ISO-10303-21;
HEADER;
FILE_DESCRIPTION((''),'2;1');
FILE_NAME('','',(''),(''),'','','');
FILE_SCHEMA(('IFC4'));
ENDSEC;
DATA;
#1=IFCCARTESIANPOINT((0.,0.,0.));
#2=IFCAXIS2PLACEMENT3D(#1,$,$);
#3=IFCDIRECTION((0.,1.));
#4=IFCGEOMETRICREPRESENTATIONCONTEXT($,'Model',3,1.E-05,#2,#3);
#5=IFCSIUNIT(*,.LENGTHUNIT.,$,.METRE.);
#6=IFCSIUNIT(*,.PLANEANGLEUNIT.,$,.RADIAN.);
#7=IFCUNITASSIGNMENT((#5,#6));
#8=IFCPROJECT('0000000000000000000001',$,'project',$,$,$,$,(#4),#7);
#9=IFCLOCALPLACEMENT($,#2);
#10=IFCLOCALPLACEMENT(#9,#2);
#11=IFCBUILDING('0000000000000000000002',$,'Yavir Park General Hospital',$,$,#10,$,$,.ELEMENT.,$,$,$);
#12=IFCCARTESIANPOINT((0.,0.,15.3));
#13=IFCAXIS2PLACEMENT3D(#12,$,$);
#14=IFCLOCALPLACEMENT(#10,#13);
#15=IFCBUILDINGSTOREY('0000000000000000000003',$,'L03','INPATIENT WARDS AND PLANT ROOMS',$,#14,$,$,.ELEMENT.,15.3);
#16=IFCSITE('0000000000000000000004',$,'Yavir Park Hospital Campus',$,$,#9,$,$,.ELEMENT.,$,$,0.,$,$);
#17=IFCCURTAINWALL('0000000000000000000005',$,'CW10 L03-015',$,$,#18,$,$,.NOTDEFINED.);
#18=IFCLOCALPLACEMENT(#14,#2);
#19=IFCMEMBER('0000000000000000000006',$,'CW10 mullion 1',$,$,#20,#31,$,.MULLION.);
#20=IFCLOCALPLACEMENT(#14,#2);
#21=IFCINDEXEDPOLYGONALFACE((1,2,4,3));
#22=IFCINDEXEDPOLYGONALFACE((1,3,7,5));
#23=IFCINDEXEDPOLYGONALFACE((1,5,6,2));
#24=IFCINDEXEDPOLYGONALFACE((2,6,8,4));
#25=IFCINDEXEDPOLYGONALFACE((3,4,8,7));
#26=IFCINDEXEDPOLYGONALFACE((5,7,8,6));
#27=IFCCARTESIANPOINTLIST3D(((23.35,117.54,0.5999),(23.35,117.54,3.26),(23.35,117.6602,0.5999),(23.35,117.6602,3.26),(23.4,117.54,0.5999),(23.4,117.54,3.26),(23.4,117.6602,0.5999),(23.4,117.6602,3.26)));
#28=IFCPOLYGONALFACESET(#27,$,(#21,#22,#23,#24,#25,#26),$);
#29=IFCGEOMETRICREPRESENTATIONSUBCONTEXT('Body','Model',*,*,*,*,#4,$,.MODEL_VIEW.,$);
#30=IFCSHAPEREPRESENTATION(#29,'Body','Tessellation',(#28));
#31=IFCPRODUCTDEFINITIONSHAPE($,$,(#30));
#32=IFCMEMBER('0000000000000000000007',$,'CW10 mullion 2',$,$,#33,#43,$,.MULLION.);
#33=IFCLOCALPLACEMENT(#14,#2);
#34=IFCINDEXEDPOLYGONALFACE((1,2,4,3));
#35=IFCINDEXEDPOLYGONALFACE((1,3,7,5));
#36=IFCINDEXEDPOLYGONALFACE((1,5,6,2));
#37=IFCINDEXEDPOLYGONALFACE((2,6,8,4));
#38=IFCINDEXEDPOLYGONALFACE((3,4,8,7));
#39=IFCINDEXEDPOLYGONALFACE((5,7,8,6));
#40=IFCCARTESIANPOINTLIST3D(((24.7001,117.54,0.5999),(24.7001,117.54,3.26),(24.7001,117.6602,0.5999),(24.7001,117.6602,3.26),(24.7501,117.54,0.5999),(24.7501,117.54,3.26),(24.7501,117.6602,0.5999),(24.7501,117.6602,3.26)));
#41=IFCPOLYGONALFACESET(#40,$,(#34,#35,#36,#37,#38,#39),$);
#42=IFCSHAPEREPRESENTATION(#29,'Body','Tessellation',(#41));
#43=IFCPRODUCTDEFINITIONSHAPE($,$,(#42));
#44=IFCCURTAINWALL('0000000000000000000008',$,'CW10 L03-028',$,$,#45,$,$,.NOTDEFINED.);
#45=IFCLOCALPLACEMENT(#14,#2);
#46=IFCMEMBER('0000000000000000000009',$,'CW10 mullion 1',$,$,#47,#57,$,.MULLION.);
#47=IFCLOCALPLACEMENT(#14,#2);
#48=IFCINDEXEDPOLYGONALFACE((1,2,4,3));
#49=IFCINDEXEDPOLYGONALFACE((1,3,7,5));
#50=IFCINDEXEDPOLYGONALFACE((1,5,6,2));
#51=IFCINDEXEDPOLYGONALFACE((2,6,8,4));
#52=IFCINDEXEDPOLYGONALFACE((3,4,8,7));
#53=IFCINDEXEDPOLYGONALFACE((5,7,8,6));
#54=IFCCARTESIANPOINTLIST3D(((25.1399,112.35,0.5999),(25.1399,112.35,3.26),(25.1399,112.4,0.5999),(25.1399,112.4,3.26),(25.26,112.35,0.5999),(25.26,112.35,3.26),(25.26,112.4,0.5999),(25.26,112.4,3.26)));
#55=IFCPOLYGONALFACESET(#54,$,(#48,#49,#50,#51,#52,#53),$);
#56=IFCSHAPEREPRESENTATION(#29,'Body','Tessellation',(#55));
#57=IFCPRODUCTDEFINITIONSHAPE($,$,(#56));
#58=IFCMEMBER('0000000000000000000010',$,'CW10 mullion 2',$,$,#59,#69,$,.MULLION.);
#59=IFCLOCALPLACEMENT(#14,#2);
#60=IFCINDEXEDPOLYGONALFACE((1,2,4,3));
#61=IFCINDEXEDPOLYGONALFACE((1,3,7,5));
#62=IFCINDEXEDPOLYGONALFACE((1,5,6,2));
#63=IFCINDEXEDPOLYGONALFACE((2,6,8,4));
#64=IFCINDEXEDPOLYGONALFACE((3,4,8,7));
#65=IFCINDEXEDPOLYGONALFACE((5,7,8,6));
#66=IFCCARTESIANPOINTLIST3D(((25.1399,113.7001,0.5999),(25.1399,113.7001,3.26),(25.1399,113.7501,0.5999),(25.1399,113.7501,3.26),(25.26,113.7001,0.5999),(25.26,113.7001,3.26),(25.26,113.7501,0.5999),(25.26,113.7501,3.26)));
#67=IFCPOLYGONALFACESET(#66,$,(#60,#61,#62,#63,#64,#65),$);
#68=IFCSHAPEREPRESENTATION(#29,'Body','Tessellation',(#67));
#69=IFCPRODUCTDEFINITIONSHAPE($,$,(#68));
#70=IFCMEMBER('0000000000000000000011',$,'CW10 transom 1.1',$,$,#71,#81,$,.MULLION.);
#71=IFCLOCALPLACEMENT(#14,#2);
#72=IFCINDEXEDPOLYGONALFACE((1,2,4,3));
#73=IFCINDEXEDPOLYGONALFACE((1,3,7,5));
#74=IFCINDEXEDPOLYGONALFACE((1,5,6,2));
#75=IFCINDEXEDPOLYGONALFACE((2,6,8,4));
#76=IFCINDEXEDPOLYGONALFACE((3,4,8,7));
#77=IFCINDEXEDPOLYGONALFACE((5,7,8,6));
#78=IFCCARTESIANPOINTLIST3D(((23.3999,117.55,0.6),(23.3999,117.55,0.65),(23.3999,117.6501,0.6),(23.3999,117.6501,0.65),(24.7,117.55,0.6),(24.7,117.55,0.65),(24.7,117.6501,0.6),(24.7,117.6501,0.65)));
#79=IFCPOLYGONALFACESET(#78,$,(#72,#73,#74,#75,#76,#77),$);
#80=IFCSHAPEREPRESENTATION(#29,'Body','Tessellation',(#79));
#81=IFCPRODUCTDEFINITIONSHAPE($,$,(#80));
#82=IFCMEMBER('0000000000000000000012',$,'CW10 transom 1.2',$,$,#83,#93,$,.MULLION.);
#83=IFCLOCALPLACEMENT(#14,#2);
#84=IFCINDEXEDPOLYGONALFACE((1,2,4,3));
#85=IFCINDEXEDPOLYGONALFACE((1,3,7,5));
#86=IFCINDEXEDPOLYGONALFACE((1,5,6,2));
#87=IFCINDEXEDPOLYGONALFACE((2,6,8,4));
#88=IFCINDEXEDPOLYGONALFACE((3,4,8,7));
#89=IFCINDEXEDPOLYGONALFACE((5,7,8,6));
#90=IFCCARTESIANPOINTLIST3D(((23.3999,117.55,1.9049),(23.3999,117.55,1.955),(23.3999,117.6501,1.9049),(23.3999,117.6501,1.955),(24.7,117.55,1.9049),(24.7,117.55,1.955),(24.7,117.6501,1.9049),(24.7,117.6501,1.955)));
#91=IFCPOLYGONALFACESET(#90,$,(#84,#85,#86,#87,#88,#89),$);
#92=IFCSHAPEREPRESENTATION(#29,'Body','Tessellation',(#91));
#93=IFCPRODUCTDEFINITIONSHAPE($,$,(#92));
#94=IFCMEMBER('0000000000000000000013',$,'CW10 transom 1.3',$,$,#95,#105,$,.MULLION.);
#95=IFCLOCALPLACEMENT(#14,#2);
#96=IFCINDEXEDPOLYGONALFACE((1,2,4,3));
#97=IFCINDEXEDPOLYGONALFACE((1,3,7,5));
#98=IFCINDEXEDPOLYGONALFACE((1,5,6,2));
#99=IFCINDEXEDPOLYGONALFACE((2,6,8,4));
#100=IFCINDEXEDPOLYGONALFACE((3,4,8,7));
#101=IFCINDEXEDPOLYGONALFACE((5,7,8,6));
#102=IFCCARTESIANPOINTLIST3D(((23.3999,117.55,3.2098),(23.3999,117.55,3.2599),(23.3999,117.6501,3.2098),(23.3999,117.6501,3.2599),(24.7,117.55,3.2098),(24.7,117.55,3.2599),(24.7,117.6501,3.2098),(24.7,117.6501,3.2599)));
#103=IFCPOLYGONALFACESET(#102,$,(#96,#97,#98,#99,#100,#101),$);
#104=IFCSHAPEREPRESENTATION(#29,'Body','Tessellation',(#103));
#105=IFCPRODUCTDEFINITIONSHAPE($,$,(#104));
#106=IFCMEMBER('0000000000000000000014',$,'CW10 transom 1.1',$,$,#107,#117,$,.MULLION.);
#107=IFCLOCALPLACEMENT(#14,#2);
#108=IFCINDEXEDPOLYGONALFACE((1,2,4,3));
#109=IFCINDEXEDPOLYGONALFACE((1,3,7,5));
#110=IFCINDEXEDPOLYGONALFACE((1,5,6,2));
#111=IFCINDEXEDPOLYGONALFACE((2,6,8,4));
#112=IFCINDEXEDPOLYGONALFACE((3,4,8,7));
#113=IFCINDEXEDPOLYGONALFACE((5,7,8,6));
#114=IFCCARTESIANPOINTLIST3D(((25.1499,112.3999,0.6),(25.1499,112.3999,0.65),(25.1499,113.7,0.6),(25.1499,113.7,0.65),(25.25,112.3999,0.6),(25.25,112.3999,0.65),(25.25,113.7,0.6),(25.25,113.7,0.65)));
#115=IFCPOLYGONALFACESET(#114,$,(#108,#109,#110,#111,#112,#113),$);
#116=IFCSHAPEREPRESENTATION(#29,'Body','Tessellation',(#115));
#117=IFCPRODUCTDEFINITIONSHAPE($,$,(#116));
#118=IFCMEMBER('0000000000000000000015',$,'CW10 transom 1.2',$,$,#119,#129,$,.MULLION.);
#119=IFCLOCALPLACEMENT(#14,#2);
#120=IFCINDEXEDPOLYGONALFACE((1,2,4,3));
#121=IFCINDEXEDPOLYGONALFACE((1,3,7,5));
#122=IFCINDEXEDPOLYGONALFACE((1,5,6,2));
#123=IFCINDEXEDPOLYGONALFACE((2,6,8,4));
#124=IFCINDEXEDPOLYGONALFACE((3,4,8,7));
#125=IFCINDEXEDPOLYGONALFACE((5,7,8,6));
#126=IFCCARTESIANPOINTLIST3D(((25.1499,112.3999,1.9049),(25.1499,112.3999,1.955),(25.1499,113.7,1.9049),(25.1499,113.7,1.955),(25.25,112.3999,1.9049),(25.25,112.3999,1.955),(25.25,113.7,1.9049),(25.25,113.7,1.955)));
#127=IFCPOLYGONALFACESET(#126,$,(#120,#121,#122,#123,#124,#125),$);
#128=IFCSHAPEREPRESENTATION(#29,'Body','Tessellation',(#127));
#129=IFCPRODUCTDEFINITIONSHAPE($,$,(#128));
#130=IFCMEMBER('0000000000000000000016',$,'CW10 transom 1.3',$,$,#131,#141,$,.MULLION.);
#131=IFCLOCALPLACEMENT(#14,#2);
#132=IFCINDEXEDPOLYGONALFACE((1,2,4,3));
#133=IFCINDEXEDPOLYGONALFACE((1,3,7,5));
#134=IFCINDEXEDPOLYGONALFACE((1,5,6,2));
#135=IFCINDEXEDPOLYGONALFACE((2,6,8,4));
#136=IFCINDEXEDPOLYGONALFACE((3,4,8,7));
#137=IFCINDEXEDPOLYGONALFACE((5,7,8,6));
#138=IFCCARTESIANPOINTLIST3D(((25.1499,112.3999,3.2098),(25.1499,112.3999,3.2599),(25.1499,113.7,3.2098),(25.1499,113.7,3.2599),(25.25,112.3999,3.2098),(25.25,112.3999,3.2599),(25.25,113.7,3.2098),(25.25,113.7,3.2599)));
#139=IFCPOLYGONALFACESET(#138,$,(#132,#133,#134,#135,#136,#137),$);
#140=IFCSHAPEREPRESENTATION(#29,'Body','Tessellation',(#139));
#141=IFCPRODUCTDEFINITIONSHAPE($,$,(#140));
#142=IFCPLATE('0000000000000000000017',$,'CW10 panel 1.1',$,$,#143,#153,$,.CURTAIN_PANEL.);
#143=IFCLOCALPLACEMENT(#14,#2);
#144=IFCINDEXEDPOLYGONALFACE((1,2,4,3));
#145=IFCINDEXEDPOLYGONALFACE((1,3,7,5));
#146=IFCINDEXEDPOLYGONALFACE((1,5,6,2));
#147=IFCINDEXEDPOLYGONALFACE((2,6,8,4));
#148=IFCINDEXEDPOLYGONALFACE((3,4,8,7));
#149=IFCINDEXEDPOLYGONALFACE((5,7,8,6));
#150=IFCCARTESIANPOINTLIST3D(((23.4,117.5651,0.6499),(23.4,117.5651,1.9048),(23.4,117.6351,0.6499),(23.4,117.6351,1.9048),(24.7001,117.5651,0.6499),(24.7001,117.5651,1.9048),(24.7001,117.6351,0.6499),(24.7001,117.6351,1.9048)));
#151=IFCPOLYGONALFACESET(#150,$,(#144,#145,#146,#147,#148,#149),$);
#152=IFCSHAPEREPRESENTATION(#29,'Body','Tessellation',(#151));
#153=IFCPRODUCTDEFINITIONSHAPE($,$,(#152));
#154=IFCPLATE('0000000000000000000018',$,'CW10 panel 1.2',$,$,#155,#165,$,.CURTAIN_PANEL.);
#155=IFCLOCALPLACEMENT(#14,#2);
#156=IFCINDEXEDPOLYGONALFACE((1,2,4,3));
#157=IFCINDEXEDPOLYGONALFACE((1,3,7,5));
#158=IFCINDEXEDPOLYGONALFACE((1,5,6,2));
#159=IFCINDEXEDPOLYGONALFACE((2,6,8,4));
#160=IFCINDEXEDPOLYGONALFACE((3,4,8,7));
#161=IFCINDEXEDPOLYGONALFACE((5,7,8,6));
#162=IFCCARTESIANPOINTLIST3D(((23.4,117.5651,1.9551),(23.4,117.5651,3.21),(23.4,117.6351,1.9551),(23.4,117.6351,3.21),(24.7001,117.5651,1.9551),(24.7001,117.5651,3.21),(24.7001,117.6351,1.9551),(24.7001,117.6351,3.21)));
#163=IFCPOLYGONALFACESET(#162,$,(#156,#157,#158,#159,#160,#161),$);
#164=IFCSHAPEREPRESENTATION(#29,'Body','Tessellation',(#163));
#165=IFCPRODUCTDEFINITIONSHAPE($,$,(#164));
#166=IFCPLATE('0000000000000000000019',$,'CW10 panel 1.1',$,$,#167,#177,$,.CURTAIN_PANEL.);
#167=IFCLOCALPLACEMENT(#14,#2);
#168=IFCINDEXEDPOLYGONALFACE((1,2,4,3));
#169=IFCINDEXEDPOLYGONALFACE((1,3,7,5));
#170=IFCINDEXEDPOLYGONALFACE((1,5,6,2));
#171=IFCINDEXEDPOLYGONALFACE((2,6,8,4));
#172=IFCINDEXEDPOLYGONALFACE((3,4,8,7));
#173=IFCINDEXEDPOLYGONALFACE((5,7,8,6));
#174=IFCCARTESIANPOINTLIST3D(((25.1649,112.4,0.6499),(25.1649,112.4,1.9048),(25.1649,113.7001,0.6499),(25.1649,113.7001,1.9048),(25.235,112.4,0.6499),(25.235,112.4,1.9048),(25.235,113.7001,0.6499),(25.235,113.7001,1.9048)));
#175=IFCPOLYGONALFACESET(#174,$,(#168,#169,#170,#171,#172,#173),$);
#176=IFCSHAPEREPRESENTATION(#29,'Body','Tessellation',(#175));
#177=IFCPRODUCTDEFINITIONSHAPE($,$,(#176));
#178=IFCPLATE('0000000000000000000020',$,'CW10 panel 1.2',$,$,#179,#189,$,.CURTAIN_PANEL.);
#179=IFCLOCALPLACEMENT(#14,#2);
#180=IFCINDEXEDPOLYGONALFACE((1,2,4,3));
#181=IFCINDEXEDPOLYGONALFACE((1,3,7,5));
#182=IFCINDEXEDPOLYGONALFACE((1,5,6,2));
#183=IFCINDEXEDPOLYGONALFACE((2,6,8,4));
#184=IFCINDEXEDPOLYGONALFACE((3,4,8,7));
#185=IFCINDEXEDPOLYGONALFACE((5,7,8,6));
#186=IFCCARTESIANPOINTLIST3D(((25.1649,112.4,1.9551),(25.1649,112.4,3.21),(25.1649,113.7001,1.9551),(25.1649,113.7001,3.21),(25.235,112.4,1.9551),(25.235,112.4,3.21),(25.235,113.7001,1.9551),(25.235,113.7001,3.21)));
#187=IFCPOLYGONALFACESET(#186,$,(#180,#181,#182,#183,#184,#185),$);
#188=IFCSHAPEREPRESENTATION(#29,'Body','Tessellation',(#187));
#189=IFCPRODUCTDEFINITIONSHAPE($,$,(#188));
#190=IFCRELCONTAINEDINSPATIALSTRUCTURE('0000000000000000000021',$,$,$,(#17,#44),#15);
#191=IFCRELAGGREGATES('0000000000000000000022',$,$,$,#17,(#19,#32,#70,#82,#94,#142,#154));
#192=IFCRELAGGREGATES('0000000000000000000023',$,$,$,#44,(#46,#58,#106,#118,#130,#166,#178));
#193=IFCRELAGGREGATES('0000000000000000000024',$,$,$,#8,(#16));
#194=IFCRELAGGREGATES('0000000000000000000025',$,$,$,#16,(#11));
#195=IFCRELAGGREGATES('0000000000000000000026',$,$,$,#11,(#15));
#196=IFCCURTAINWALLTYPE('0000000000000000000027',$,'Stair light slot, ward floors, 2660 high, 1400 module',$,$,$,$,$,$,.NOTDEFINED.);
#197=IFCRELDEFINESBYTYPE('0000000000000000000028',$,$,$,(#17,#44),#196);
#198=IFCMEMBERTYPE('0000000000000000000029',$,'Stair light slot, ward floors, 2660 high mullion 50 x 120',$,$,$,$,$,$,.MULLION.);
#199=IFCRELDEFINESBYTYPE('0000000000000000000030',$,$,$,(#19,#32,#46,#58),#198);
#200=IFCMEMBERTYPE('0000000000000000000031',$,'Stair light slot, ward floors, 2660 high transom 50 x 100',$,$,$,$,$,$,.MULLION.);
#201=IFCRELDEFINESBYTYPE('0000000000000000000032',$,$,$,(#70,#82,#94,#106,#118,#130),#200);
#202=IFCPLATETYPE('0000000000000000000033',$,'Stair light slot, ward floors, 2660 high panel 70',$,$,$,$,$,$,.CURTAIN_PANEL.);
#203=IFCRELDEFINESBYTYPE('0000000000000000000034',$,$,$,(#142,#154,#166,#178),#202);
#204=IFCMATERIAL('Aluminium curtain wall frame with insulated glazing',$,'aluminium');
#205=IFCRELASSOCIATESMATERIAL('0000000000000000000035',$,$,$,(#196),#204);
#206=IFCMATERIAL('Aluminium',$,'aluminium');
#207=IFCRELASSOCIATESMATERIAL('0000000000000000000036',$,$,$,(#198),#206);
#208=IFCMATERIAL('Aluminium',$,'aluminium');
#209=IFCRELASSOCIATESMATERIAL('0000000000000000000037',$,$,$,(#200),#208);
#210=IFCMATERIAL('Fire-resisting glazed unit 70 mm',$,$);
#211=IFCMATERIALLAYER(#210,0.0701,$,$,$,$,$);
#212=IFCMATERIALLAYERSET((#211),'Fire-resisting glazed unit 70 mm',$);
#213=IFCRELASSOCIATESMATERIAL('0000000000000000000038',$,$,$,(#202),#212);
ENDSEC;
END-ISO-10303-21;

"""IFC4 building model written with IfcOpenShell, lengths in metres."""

from ifc_helpers import new_model, si_unit, direction, frame, origin, origin_2d, place, context, subcontext, project, spatial, rectangle, extrude, material, layer, layer_set, material_profile, profile_set, type_object, element, aggregate, save


model = new_model("IFC4")

# Units and contexts
model_context = context("Model", 3, precision=1e-05, world=origin(), true_north=direction((0.0, 1.0)))
body_context = subcontext(model_context, "Body", "Model", "MODEL_VIEW")
ifc_project = project(units=[si_unit("LENGTHUNIT", "METRE"), si_unit("PLANEANGLEUNIT", "RADIAN")], contexts=[model_context])

# Site, building, storey
site_placement = place(None, origin())
site = spatial("IfcSite", under=ifc_project, at=site_placement, Name="Yavir Park Hospital Campus", CompositionType="ELEMENT", RefElevation=0.0)
building_placement = place(site_placement, origin())
building = spatial("IfcBuilding", under=site, at=building_placement, Name="Yavir Park General Hospital", CompositionType="ELEMENT")
storey_placement = place(building_placement, frame((0.0, 0.0, 15.3)))
storey = spatial("IfcBuildingStorey", under=building, at=storey_placement, Name="L03", Description="INPATIENT WARDS AND PLANT ROOMS", CompositionType="ELEMENT", Elevation=15.3)

# Curtain walls, members
ifc_material_1 = material(Name="Aluminium curtain wall frame with insulated glazing", Category="aluminium")
curtain_wall_type = type_object("IfcCurtainWallType", Name="Stair light slot, ward floors, 2660 high, 1400 module", PredefinedType="NOTDEFINED", material=ifc_material_1)
curtain_wall_1_placement = place(storey_placement, origin())
curtain_wall_1 = element("IfcCurtainWall", 1, at=curtain_wall_1_placement, inside=storey, type_object=curtain_wall_type, Name="CW10 L03-015", PredefinedType="NOTDEFINED")
ifc_material_2 = material(Name="Aluminium", Category="aluminium")
ifc_material_profile_1 = material_profile(ifc_material_2, rectangle(XDim=0.1201, YDim=0.05, at=origin_2d()), Name="AL 50x120")
ifc_profile_set_1 = profile_set([ifc_material_profile_1], Name="Aluminium")
member_type_1 = type_object("IfcMemberType", Name="Stair light slot, ward floors, 2660 high mullion 50 x 120", PredefinedType="MULLION", material=ifc_profile_set_1)
member_1_placement = place(storey_placement, frame((23.375, 117.6001, 0.5999), z_axis=(0.0, 0.0, 1.0), x_axis=(0.0, 1.0, 0.0)))
member_1 = element("IfcMember", 2, at=member_1_placement, type_object=member_type_1, Name="CW10 mullion 1", PredefinedType="MULLION", context=body_context, shape_type="SweptSolid", body=[
    extrude(rectangle(XDim=0.1201, YDim=0.05, at=origin_2d()), origin(), (0.0, 0.0, 1.0), 2.6602),
])
member_2_placement = place(storey_placement, frame((24.7251, 117.6001, 0.5999), z_axis=(0.0, 0.0, 1.0), x_axis=(0.0, 1.0, 0.0)))
member_2 = element("IfcMember", 3, at=member_2_placement, type_object=member_type_1, Name="CW10 mullion 2", PredefinedType="MULLION", context=body_context, shape_type="SweptSolid", body=[
    extrude(rectangle(XDim=0.1201, YDim=0.05, at=origin_2d()), origin(), (0.0, 0.0, 1.0), 2.6602),
])
curtain_wall_2_placement = place(storey_placement, origin())
curtain_wall_2 = element("IfcCurtainWall", 4, at=curtain_wall_2_placement, inside=storey, type_object=curtain_wall_type, Name="CW10 L03-028", PredefinedType="NOTDEFINED")
member_3_placement = place(storey_placement, frame((25.2, 112.375, 0.5999), z_axis=(0.0, 0.0, 1.0), x_axis=(-1.0, 0.0, 0.0)))
member_3 = element("IfcMember", 5, at=member_3_placement, type_object=member_type_1, Name="CW10 mullion 1", PredefinedType="MULLION", context=body_context, shape_type="SweptSolid", body=[
    extrude(rectangle(XDim=0.1201, YDim=0.05, at=origin_2d()), origin(), (0.0, 0.0, 1.0), 2.6602),
])
member_4_placement = place(storey_placement, frame((25.2, 113.7251, 0.5999), z_axis=(0.0, 0.0, 1.0), x_axis=(-1.0, 0.0, 0.0)))
member_4 = element("IfcMember", 6, at=member_4_placement, type_object=member_type_1, Name="CW10 mullion 2", PredefinedType="MULLION", context=body_context, shape_type="SweptSolid", body=[
    extrude(rectangle(XDim=0.1201, YDim=0.05, at=origin_2d()), origin(), (0.0, 0.0, 1.0), 2.6602),
])

# Members
ifc_material_3 = material(Name="Aluminium", Category="aluminium")
ifc_material_profile_2 = material_profile(ifc_material_3, rectangle(XDim=0.1001, YDim=0.05, at=origin_2d()), Name="AL 100x50")
ifc_profile_set_2 = profile_set([ifc_material_profile_2], Name="Aluminium")
member_type_2 = type_object("IfcMemberType", Name="Stair light slot, ward floors, 2660 high transom 50 x 100", PredefinedType="MULLION", material=ifc_profile_set_2)
member_5_placement = place(storey_placement, frame((23.3999, 117.6001, 0.625), z_axis=(1.0, 0.0, 0.0), x_axis=(0.0, 1.0, 0.0)))
member_5 = element("IfcMember", 7, at=member_5_placement, type_object=member_type_2, Name="CW10 transom 1.1", PredefinedType="MULLION", context=body_context, shape_type="SweptSolid", body=[
    extrude(rectangle(XDim=0.1001, YDim=0.05, at=origin_2d()), origin(), (0.0, 0.0, 1.0), 1.3),
])
member_6_placement = place(storey_placement, frame((23.3999, 117.6001, 1.9299), z_axis=(1.0, 0.0, 0.0), x_axis=(0.0, 1.0, 0.0)))
member_6 = element("IfcMember", 8, at=member_6_placement, type_object=member_type_2, Name="CW10 transom 1.2", PredefinedType="MULLION", context=body_context, shape_type="SweptSolid", body=[
    extrude(rectangle(XDim=0.1001, YDim=0.05, at=origin_2d()), origin(), (0.0, 0.0, 1.0), 1.3),
])
member_7_placement = place(storey_placement, frame((23.3999, 117.6001, 3.2349), z_axis=(1.0, 0.0, 0.0), x_axis=(0.0, 1.0, 0.0)))
member_7 = element("IfcMember", 9, at=member_7_placement, type_object=member_type_2, Name="CW10 transom 1.3", PredefinedType="MULLION", context=body_context, shape_type="SweptSolid", body=[
    extrude(rectangle(XDim=0.1001, YDim=0.05, at=origin_2d()), origin(), (0.0, 0.0, 1.0), 1.3),
])
member_8_placement = place(storey_placement, frame((25.2, 112.3999, 0.625), z_axis=(0.0, 1.0, 0.0), x_axis=(-1.0, 0.0, 0.0)))
member_8 = element("IfcMember", 10, at=member_8_placement, type_object=member_type_2, Name="CW10 transom 1.1", PredefinedType="MULLION", context=body_context, shape_type="SweptSolid", body=[
    extrude(rectangle(XDim=0.1001, YDim=0.05, at=origin_2d()), origin(), (0.0, 0.0, 1.0), 1.3),
])
member_9_placement = place(storey_placement, frame((25.2, 112.3999, 1.9299), z_axis=(0.0, 1.0, 0.0), x_axis=(-1.0, 0.0, 0.0)))
member_9 = element("IfcMember", 11, at=member_9_placement, type_object=member_type_2, Name="CW10 transom 1.2", PredefinedType="MULLION", context=body_context, shape_type="SweptSolid", body=[
    extrude(rectangle(XDim=0.1001, YDim=0.05, at=origin_2d()), origin(), (0.0, 0.0, 1.0), 1.3),
])
member_10_placement = place(storey_placement, frame((25.2, 112.3999, 3.2349), z_axis=(0.0, 1.0, 0.0), x_axis=(-1.0, 0.0, 0.0)))
member_10 = element("IfcMember", 12, at=member_10_placement, type_object=member_type_2, Name="CW10 transom 1.3", PredefinedType="MULLION", context=body_context, shape_type="SweptSolid", body=[
    extrude(rectangle(XDim=0.1001, YDim=0.05, at=origin_2d()), origin(), (0.0, 0.0, 1.0), 1.3),
])

# Plates
ifc_material_4 = material(Name="Fire-resisting glazed unit 70 mm")
ifc_layer_1 = layer(ifc_material_4, 0.0701)
ifc_layer_set_1 = layer_set([ifc_layer_1], Name="Fire-resisting glazed unit 70 mm")
plate_type = type_object("IfcPlateType", Name="Stair light slot, ward floors, 2660 high panel 70", PredefinedType="CURTAIN_PANEL", material=ifc_layer_set_1)
plate_1_placement = place(storey_placement, frame((24.05, 117.6001, 0.6499), z_axis=(0.0, 0.0, 1.0), x_axis=(1.0, 0.0, 0.0)))
plate_1 = element("IfcPlate", 13, at=plate_1_placement, type_object=plate_type, Name="CW10 panel 1.1", PredefinedType="CURTAIN_PANEL", context=body_context, shape_type="SweptSolid", body=[
    extrude(rectangle(XDim=1.3, YDim=0.0701, at=origin_2d()), origin(), (0.0, 0.0, 1.0), 1.2549),
])
plate_2_placement = place(storey_placement, frame((24.05, 117.6001, 1.9551), z_axis=(0.0, 0.0, 1.0), x_axis=(1.0, 0.0, 0.0)))
plate_2 = element("IfcPlate", 14, at=plate_2_placement, type_object=plate_type, Name="CW10 panel 1.2", PredefinedType="CURTAIN_PANEL", context=body_context, shape_type="SweptSolid", body=[
    extrude(rectangle(XDim=1.3, YDim=0.0701, at=origin_2d()), origin(), (0.0, 0.0, 1.0), 1.2549),
])
aggregate(curtain_wall_1, [member_1, member_2, member_5, member_6, member_7, plate_1, plate_2])
plate_3_placement = place(storey_placement, frame((25.2, 113.05, 0.6499), z_axis=(0.0, 0.0, 1.0), x_axis=(0.0, 1.0, 0.0)))
plate_3 = element("IfcPlate", 15, at=plate_3_placement, type_object=plate_type, Name="CW10 panel 1.1", PredefinedType="CURTAIN_PANEL", context=body_context, shape_type="SweptSolid", body=[
    extrude(rectangle(XDim=1.3, YDim=0.0701, at=origin_2d()), origin(), (0.0, 0.0, 1.0), 1.2549),
])
plate_4_placement = place(storey_placement, frame((25.2, 113.05, 1.9551), z_axis=(0.0, 0.0, 1.0), x_axis=(0.0, 1.0, 0.0)))
plate_4 = element("IfcPlate", 16, at=plate_4_placement, type_object=plate_type, Name="CW10 panel 1.2", PredefinedType="CURTAIN_PANEL", context=body_context, shape_type="SweptSolid", body=[
    extrude(rectangle(XDim=1.3, YDim=0.0701, at=origin_2d()), origin(), (0.0, 0.0, 1.0), 1.2549),
])
aggregate(curtain_wall_2, [member_3, member_4, member_8, member_9, member_10, plate_3, plate_4])

save(model, "model.ifc")
